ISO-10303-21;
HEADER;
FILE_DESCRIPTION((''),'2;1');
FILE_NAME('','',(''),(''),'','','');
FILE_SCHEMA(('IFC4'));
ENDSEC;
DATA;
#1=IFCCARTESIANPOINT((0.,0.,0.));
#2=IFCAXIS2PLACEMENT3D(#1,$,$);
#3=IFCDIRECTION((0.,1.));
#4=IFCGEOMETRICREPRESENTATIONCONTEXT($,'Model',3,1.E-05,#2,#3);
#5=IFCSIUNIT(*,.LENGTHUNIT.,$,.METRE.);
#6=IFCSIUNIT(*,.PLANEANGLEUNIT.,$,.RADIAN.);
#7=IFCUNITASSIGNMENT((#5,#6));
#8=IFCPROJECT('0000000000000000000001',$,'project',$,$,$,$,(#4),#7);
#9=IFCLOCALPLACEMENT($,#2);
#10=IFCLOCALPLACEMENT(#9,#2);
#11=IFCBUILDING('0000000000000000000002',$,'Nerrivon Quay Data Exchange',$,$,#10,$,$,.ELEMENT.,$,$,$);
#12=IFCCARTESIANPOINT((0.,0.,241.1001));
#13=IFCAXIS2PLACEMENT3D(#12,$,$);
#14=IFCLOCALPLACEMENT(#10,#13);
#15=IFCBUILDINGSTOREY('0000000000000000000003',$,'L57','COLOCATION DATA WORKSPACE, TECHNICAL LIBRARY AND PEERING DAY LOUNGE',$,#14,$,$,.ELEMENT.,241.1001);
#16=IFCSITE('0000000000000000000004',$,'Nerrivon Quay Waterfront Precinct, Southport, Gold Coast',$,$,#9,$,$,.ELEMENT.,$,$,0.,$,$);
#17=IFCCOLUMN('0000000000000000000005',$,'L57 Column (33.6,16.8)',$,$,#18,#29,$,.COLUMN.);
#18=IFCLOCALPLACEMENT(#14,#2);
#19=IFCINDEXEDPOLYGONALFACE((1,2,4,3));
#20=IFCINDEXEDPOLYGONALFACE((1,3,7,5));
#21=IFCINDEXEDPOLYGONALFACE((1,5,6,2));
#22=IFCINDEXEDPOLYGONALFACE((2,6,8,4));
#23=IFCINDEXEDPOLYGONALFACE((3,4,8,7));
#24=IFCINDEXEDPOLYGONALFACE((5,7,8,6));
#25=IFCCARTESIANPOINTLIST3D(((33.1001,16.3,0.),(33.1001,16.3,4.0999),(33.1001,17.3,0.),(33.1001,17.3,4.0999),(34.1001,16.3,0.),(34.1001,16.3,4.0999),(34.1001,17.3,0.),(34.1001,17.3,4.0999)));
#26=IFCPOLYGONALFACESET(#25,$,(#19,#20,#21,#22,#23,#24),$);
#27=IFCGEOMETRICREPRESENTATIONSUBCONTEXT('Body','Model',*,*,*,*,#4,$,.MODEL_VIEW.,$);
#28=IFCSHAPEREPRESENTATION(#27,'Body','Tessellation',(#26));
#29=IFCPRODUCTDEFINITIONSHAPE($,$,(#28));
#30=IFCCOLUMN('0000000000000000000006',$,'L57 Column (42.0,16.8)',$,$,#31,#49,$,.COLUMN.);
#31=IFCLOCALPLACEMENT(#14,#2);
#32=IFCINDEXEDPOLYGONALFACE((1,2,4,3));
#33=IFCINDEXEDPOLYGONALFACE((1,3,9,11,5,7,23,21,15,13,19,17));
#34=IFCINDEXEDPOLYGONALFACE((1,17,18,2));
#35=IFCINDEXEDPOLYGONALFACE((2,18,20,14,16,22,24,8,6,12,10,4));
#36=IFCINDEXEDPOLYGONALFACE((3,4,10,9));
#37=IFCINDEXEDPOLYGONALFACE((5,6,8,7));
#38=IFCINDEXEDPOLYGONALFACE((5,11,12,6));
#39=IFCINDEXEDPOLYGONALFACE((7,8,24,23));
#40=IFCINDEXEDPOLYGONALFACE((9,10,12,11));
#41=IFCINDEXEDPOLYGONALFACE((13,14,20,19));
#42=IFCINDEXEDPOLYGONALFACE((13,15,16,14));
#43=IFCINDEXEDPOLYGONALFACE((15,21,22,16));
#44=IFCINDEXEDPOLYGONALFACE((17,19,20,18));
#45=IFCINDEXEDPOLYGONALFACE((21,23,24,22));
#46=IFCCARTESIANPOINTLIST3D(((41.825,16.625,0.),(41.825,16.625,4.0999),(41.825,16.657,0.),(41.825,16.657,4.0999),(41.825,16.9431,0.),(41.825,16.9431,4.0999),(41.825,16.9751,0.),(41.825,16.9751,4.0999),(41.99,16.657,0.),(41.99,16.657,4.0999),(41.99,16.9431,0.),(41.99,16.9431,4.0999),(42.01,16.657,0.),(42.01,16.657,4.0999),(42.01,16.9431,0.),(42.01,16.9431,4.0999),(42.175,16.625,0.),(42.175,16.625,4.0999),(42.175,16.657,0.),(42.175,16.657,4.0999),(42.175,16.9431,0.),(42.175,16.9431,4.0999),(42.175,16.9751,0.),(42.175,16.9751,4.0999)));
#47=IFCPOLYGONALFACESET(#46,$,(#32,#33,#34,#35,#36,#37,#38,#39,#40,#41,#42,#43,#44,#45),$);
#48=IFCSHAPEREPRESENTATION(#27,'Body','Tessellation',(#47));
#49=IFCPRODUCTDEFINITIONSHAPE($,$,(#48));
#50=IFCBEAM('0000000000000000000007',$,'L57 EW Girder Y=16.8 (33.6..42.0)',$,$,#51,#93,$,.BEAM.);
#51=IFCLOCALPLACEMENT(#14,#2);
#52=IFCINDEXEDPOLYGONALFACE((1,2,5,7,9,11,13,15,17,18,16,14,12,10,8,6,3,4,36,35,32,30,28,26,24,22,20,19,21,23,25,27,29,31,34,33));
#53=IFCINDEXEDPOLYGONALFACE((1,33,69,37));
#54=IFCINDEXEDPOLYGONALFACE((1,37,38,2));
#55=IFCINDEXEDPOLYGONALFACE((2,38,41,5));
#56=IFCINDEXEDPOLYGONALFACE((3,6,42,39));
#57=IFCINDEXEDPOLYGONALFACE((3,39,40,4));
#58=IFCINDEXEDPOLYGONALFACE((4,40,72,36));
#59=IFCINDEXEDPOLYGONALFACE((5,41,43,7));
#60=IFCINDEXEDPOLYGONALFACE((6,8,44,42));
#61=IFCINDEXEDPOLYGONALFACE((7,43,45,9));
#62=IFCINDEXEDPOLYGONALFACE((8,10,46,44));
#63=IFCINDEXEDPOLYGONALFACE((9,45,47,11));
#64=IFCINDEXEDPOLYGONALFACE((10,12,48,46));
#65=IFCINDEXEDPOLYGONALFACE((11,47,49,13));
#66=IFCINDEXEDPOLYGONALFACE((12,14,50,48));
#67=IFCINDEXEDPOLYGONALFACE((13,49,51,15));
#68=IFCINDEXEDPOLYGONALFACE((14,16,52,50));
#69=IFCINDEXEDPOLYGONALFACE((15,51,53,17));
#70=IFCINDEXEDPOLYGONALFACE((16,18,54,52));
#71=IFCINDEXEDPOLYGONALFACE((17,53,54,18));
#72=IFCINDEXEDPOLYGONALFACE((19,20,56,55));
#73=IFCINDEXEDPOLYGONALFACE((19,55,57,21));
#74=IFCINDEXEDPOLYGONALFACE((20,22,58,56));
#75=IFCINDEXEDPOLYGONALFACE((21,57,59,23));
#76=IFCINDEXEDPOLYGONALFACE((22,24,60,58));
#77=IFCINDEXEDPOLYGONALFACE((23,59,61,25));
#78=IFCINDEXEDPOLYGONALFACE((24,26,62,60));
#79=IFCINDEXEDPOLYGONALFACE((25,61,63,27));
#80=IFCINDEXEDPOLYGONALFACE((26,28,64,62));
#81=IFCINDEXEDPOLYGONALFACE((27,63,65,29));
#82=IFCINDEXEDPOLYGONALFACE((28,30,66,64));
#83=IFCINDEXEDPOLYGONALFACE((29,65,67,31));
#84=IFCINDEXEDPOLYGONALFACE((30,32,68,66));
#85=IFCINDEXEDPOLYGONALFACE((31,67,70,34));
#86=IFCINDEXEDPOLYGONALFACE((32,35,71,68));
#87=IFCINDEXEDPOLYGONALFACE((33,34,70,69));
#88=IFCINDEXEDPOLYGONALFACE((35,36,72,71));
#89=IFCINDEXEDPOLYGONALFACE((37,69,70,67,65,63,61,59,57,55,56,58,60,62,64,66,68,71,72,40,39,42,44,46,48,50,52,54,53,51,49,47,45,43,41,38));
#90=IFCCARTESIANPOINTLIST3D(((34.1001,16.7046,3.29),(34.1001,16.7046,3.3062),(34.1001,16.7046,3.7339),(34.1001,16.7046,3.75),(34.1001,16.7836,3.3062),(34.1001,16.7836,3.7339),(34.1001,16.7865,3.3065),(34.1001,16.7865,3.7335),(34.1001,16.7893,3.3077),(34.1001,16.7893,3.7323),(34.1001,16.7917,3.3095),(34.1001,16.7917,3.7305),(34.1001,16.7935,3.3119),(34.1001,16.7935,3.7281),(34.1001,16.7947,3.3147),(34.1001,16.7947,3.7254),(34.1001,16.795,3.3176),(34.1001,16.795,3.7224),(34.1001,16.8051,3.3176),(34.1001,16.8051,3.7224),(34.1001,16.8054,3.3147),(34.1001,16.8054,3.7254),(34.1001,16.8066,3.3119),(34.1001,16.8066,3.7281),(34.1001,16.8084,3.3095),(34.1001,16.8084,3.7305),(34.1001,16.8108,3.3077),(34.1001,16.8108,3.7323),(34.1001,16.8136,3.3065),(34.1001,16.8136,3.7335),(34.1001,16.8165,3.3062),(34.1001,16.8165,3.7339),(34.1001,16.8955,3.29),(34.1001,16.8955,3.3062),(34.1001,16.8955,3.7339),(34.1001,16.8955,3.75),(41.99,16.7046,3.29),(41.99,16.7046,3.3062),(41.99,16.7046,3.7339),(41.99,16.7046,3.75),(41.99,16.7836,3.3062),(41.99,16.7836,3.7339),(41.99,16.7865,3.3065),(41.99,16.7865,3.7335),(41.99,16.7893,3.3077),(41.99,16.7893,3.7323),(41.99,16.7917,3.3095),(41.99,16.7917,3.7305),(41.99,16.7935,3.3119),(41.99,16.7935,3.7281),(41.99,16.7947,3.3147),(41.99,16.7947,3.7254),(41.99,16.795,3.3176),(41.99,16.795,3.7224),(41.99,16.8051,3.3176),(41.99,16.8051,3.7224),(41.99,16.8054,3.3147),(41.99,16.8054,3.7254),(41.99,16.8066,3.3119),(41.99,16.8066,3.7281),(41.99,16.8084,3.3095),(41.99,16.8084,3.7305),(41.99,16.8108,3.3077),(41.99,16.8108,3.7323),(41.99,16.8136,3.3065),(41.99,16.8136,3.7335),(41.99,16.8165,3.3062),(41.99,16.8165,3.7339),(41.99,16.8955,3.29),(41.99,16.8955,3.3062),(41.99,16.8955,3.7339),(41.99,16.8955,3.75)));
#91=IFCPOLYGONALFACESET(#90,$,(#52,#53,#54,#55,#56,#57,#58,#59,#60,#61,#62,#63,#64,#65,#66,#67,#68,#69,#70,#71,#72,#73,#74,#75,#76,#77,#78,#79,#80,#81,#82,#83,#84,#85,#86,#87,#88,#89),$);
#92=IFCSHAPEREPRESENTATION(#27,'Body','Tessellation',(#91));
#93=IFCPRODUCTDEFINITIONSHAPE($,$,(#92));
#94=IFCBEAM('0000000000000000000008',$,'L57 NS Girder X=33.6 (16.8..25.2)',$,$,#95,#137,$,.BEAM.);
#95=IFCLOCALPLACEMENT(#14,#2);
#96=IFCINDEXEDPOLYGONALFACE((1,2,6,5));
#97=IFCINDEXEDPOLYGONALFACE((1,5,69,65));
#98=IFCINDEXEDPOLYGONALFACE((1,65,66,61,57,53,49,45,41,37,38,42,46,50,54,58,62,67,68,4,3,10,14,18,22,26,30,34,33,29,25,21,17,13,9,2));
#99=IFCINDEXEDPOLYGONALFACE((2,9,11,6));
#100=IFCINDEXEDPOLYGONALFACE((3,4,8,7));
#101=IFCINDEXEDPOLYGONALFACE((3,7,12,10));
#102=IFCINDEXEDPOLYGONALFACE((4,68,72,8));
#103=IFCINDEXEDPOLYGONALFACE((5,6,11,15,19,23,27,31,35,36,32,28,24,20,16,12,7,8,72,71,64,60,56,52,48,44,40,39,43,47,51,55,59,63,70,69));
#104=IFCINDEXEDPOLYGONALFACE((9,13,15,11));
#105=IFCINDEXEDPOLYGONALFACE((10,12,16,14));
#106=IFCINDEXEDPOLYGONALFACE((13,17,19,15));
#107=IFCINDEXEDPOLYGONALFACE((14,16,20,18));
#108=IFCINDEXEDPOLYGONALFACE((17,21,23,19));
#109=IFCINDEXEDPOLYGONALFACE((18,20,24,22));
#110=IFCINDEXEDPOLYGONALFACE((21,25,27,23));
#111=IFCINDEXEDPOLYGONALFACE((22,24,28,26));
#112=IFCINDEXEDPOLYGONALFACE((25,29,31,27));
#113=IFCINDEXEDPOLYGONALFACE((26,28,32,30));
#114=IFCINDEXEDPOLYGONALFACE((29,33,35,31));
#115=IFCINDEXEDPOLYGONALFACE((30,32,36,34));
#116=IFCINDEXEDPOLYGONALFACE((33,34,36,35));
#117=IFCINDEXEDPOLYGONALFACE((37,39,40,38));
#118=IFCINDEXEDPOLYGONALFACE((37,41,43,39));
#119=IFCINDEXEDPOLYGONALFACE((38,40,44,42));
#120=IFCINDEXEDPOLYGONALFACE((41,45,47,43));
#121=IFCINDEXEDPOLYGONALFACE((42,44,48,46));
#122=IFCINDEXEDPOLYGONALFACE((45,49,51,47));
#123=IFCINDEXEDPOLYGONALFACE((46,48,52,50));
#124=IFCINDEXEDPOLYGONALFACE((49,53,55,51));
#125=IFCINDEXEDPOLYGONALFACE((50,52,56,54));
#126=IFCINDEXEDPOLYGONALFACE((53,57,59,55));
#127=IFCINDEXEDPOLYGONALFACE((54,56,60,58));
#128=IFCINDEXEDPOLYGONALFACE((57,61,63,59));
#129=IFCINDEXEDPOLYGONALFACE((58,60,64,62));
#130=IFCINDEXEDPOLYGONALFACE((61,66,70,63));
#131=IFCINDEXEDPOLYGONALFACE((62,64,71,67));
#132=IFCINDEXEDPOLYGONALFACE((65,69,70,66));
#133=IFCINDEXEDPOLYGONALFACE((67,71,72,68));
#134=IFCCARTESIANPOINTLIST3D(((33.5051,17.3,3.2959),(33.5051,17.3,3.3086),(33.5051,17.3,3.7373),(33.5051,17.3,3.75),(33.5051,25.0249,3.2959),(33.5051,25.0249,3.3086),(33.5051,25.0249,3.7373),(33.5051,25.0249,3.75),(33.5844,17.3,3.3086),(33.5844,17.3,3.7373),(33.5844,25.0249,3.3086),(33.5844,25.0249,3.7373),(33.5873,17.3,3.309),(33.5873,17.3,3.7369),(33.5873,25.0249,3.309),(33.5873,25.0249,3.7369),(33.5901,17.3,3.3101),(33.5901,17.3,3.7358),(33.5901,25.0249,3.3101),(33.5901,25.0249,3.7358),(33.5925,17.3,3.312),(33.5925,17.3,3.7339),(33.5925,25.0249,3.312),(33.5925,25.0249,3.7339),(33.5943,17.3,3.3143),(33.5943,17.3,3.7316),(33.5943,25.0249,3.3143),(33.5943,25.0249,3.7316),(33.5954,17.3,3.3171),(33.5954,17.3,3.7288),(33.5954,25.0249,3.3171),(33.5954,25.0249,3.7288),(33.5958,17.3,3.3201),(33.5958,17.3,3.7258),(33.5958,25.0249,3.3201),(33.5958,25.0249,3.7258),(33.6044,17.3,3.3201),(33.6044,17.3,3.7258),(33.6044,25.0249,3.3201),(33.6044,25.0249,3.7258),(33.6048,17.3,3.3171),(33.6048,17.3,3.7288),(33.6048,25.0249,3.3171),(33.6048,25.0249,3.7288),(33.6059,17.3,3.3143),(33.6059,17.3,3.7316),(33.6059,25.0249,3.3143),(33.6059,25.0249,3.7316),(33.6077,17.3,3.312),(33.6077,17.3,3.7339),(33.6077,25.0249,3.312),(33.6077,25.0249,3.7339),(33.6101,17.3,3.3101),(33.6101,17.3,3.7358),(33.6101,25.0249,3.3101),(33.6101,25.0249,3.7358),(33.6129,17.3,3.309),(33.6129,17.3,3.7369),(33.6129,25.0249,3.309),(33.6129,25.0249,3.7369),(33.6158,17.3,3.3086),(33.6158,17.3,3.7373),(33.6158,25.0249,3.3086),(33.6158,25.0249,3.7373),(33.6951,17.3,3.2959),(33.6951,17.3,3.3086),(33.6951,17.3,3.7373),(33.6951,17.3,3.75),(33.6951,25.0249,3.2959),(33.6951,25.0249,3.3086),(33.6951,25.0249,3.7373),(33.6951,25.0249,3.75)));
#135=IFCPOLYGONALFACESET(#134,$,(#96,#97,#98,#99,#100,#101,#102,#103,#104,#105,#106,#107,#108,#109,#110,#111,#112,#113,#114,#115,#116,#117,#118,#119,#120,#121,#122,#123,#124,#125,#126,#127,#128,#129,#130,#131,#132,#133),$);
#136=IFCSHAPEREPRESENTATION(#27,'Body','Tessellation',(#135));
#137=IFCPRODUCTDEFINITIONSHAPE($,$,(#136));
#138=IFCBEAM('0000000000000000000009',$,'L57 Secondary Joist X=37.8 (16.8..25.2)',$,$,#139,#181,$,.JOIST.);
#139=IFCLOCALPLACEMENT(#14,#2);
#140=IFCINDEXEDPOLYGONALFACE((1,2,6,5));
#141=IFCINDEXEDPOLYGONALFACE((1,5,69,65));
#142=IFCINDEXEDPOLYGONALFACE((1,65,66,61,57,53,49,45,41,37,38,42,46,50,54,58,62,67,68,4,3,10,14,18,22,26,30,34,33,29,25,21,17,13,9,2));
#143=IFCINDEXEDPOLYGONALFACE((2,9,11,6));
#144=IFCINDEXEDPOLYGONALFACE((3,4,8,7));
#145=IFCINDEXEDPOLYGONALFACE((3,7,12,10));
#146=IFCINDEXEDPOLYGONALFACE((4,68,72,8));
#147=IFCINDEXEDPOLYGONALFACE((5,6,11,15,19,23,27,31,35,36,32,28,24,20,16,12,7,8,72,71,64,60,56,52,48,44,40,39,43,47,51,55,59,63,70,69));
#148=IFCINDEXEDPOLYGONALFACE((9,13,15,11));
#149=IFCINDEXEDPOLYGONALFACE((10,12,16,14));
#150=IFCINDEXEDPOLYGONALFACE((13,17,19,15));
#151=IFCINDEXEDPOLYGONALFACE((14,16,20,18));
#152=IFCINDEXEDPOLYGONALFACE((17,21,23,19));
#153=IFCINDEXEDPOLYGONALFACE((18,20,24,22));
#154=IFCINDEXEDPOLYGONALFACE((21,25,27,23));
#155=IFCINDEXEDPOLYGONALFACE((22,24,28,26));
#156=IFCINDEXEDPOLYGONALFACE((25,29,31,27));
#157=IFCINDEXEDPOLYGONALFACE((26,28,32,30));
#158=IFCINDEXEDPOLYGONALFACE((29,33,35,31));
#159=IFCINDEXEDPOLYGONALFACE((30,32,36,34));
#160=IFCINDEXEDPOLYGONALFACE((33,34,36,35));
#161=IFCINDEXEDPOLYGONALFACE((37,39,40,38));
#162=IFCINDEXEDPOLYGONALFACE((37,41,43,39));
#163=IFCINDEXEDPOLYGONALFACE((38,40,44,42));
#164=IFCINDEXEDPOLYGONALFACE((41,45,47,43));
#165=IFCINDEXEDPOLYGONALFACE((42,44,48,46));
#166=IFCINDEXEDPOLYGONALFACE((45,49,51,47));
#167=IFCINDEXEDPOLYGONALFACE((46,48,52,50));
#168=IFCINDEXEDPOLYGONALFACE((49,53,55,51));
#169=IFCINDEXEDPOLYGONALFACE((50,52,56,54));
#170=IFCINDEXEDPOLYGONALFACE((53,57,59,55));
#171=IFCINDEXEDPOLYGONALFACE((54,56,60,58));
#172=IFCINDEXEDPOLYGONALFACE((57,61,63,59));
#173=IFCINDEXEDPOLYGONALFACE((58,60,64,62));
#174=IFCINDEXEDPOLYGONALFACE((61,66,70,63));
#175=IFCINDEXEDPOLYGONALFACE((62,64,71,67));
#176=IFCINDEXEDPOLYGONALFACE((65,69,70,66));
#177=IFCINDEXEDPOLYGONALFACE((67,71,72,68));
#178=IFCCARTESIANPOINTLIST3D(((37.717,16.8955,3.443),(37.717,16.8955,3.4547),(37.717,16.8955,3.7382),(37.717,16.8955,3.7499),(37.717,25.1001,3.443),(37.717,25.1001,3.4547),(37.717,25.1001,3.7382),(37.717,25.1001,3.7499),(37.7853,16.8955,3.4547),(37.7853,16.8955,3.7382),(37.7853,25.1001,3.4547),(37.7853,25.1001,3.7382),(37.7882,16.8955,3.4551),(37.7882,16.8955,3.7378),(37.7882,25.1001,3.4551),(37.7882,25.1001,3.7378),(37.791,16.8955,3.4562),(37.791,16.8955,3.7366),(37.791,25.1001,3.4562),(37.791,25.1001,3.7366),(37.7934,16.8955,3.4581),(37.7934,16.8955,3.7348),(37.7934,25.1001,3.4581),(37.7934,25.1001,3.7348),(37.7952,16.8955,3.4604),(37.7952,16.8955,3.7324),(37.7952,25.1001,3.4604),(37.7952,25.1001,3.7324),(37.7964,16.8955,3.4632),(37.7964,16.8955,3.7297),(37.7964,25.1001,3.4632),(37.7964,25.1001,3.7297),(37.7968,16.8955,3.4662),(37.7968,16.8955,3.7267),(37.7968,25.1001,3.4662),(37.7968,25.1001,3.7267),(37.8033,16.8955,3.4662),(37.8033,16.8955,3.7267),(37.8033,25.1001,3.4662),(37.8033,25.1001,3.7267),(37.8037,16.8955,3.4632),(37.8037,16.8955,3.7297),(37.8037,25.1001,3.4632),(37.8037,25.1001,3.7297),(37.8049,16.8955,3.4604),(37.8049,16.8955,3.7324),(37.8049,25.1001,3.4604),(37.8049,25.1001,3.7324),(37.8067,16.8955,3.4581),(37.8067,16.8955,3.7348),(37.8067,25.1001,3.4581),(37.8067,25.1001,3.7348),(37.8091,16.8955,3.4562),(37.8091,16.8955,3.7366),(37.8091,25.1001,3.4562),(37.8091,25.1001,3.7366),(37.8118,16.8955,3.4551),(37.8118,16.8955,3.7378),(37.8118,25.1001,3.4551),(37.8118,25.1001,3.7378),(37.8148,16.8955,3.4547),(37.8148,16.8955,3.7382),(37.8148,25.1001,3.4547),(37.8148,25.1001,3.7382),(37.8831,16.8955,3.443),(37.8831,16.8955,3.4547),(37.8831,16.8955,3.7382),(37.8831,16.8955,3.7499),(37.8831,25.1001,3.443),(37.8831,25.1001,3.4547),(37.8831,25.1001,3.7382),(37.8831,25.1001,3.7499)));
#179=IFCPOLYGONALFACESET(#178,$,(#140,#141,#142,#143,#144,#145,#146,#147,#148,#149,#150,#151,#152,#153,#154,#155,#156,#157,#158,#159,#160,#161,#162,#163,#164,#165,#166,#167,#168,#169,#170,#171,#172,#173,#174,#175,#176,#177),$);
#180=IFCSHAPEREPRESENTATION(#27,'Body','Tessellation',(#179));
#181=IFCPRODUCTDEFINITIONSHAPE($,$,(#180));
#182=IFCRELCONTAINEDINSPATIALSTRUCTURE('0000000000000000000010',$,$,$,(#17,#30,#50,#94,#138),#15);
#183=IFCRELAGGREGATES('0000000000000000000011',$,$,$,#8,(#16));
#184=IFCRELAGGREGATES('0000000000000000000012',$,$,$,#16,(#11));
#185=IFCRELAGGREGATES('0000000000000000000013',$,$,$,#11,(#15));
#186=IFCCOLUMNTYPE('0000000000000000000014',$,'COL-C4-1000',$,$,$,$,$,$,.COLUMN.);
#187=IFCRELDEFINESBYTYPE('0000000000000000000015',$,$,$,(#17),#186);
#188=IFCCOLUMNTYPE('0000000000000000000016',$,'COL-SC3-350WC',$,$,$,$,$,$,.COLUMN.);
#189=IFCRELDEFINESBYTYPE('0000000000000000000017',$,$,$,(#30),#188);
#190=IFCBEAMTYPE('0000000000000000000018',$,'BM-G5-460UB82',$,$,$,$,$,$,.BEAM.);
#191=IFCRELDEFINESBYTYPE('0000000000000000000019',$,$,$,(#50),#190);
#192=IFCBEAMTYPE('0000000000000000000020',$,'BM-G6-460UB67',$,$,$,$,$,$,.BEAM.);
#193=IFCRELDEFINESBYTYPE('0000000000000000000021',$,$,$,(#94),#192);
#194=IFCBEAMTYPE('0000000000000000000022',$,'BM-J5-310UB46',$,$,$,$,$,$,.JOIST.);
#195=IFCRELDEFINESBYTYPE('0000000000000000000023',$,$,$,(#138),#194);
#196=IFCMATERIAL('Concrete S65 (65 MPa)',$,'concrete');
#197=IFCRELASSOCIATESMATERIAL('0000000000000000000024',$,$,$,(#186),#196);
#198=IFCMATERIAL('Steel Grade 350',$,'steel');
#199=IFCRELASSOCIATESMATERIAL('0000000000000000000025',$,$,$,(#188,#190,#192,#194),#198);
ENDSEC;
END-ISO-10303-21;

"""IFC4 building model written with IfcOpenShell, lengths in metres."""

from ifc_helpers import new_model, si_unit, direction, frame, origin, origin_2d, place, context, subcontext, project, spatial, rectangle, i_section, extrude, material, material_profile, profile_set, type_object, element, save


model = new_model("IFC4")

# Units and contexts
model_context = context("Model", 3, precision=1e-05, world=origin(), true_north=direction((0.0, 1.0)))
body_context = subcontext(model_context, "Body", "Model", "MODEL_VIEW")
ifc_project = project(units=[si_unit("LENGTHUNIT", "METRE"), si_unit("PLANEANGLEUNIT", "RADIAN")], contexts=[model_context])

# Site, building, storey
site_placement = place(None, origin())
site = spatial("IfcSite", under=ifc_project, at=site_placement, Name="Nerrivon Quay Waterfront Precinct, Southport, Gold Coast", CompositionType="ELEMENT", RefElevation=0.0)
building_placement = place(site_placement, origin())
building = spatial("IfcBuilding", under=site, at=building_placement, Name="Nerrivon Quay Data Exchange", CompositionType="ELEMENT")
storey_placement = place(building_placement, frame((0.0, 0.0, 241.1001)))
storey = spatial("IfcBuildingStorey", under=building, at=storey_placement, Name="L57", Description="COLOCATION DATA WORKSPACE, TECHNICAL LIBRARY AND PEERING DAY LOUNGE", CompositionType="ELEMENT", Elevation=241.1001)

# Columns
ifc_material_1 = material(Name="Concrete S65 (65 MPa)", Category="concrete")
ifc_material_profile_1 = material_profile(ifc_material_1, rectangle(XDim=1.0, YDim=1.0, at=origin_2d()), Name="RC-COL-1000x1000")
ifc_profile_set_1 = profile_set([ifc_material_profile_1], Name="Concrete S65 (65 MPa)")
column_type_1 = type_object("IfcColumnType", Name="COL-C4-1000", PredefinedType="COLUMN", material=ifc_profile_set_1)
column_1_placement = place(storey_placement, frame((33.6001, 16.8, 0.0), z_axis=(0.0, 0.0, 1.0), x_axis=(1.0, 0.0, 0.0)))
element("IfcColumn", 1, at=column_1_placement, inside=storey, type_object=column_type_1, Name="L57 Column (33.6,16.8)", PredefinedType="COLUMN", context=body_context, shape_type="SweptSolid", body=[
    extrude(rectangle(XDim=1.0, YDim=1.0, at=origin_2d()), origin(), (0.0, 0.0, 1.0), 4.0999),
])
ifc_material_2 = material(Name="Steel Grade 350", Category="steel")
ifc_material_profile_2 = material_profile(ifc_material_2, i_section(OverallWidth=0.3501, OverallDepth=0.3501, WebThickness=0.02, FlangeThickness=0.032, at=origin_2d()), Name="350WC230")
ifc_profile_set_2 = profile_set([ifc_material_profile_2], Name="Steel Grade 350")
column_type_2 = type_object("IfcColumnType", Name="COL-SC3-350WC", PredefinedType="COLUMN", material=ifc_profile_set_2)
column_2_placement = place(storey_placement, frame((42.0, 16.8, 0.0), z_axis=(0.0, 0.0, 1.0), x_axis=(1.0, 0.0, 0.0)))
element("IfcColumn", 2, at=column_2_placement, inside=storey, type_object=column_type_2, Name="L57 Column (42.0,16.8)", PredefinedType="COLUMN", context=body_context, shape_type="SweptSolid", body=[
    extrude(i_section(OverallWidth=0.3501, OverallDepth=0.3501, WebThickness=0.02, FlangeThickness=0.032, at=origin_2d()), origin(), (0.0, 0.0, 1.0), 4.0999),
])

# Beams
ifc_material_profile_3 = material_profile(ifc_material_2, i_section(OverallWidth=0.1909, OverallDepth=0.46, WebThickness=0.01, FlangeThickness=0.0161, FilletRadius=0.0115, at=origin_2d()), Name="460UB82.1")
ifc_profile_set_3 = profile_set([ifc_material_profile_3], Name="Steel Grade 350")
beam_type_1 = type_object("IfcBeamType", Name="BM-G5-460UB82", PredefinedType="BEAM", material=ifc_profile_set_3)
beam_1_placement = place(storey_placement, frame((34.1001, 16.8, 3.52), z_axis=(1.0, 0.0, 0.0), x_axis=(0.0, 1.0, 0.0)))
element("IfcBeam", 3, at=beam_1_placement, inside=storey, type_object=beam_type_1, Name="L57 EW Girder Y=16.8 (33.6..42.0)", PredefinedType="BEAM", context=body_context, shape_type="SweptSolid", body=[
    extrude(i_section(OverallWidth=0.1909, OverallDepth=0.46, WebThickness=0.01, FlangeThickness=0.0161, FilletRadius=0.0115, at=origin_2d()), origin(), (0.0, 0.0, 1.0), 7.8899),
])
ifc_material_profile_4 = material_profile(ifc_material_2, i_section(OverallWidth=0.1899, OverallDepth=0.4541, WebThickness=0.0085, FlangeThickness=0.0127, FilletRadius=0.0115, at=origin_2d()), Name="460UB67.1")
ifc_profile_set_4 = profile_set([ifc_material_profile_4], Name="Steel Grade 350")
beam_type_2 = type_object("IfcBeamType", Name="BM-G6-460UB67", PredefinedType="BEAM", material=ifc_profile_set_4)
beam_2_placement = place(storey_placement, frame((33.6001, 17.3, 3.5229), z_axis=(0.0, 1.0, 0.0), x_axis=(-1.0, 0.0, 0.0)))
element("IfcBeam", 4, at=beam_2_placement, inside=storey, type_object=beam_type_2, Name="L57 NS Girder X=33.6 (16.8..25.2)", PredefinedType="BEAM", context=body_context, shape_type="SweptSolid", body=[
    extrude(i_section(OverallWidth=0.1899, OverallDepth=0.4541, WebThickness=0.0085, FlangeThickness=0.0127, FilletRadius=0.0115, at=origin_2d()), origin(), (0.0, 0.0, 1.0), 7.7249),
])
ifc_material_profile_5 = material_profile(ifc_material_2, i_section(OverallWidth=0.166, OverallDepth=0.3069, WebThickness=0.0066, FlangeThickness=0.0117, FilletRadius=0.0115, at=origin_2d()), Name="310UB46.2")
ifc_profile_set_5 = profile_set([ifc_material_profile_5], Name="Steel Grade 350")
beam_type_3 = type_object("IfcBeamType", Name="BM-J5-310UB46", PredefinedType="JOIST", material=ifc_profile_set_5)
beam_3_placement = place(storey_placement, frame((37.8, 16.8955, 3.5964), z_axis=(0.0, 1.0, 0.0), x_axis=(-1.0, 0.0, 0.0)))
element("IfcBeam", 5, at=beam_3_placement, inside=storey, type_object=beam_type_3, Name="L57 Secondary Joist X=37.8 (16.8..25.2)", PredefinedType="JOIST", context=body_context, shape_type="SweptSolid", body=[
    extrude(i_section(OverallWidth=0.166, OverallDepth=0.3069, WebThickness=0.0066, FlangeThickness=0.0117, FilletRadius=0.0115, at=origin_2d()), origin(), (0.0, 0.0, 1.0), 8.2046),
])

save(model, "model.ifc")
